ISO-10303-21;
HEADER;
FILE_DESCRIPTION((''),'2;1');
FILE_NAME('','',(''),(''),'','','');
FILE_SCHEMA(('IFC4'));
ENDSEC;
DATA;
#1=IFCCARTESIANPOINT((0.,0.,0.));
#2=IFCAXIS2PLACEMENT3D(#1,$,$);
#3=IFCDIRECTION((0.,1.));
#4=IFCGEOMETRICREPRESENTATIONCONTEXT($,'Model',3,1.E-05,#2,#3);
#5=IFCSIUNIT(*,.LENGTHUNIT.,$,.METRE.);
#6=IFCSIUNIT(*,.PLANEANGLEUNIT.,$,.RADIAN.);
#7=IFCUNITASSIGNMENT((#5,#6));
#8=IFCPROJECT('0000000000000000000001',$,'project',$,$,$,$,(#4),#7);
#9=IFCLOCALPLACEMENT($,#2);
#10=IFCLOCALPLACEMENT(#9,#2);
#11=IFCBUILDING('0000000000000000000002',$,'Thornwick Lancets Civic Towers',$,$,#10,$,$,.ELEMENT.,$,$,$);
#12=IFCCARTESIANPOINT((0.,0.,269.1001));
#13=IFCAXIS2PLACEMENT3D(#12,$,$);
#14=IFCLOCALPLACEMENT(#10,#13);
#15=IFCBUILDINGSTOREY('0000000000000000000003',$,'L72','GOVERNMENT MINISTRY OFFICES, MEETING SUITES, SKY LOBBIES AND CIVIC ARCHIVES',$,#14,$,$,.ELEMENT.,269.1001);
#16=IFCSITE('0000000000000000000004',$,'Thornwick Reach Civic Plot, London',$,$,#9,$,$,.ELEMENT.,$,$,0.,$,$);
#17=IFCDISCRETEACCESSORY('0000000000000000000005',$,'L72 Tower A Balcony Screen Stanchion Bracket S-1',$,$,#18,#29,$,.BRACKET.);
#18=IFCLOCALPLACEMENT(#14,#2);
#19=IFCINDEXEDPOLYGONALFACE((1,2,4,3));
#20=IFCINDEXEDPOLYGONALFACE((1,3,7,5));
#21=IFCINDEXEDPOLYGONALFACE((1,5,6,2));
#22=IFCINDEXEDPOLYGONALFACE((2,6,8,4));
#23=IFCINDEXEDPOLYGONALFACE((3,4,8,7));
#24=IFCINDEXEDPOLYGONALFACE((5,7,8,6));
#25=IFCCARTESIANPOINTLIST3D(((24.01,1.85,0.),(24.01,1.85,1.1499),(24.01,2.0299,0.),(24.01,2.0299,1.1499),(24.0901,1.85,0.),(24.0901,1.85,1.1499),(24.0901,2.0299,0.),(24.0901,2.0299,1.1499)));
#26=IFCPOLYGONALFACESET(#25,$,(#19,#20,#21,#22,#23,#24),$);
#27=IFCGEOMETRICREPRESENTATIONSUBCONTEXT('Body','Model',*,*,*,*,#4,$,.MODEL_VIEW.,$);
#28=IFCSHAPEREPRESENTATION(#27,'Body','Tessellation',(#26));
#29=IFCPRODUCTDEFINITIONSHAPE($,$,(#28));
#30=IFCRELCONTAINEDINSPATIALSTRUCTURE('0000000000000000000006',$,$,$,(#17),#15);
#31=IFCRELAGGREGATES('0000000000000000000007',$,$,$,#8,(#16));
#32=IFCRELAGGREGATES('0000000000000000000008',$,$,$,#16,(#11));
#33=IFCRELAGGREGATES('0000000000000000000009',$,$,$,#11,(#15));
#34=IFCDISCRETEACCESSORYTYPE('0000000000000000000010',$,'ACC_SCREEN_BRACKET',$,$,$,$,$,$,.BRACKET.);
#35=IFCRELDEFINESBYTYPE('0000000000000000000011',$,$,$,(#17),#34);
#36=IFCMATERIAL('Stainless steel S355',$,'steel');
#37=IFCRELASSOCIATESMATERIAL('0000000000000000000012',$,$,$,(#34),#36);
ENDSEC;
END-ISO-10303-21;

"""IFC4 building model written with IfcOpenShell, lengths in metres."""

from ifc_helpers import new_model, si_unit, direction, frame, origin, origin_2d, place, context, subcontext, project, spatial, rectangle, extrude, material, type_object, element, save


model = new_model("IFC4")

# Units and contexts
model_context = context("Model", 3, precision=1e-05, world=origin(), true_north=direction((0.0, 1.0)))
body_context = subcontext(model_context, "Body", "Model", "MODEL_VIEW")
ifc_project = project(units=[si_unit("LENGTHUNIT", "METRE"), si_unit("PLANEANGLEUNIT", "RADIAN")], contexts=[model_context])

# Site, building, storey
site_placement = place(None, origin())
site = spatial("IfcSite", under=ifc_project, at=site_placement, Name="Thornwick Reach Civic Plot, London", CompositionType="ELEMENT", RefElevation=0.0)
building_placement = place(site_placement, origin())
building = spatial("IfcBuilding", under=site, at=building_placement, Name="Thornwick Lancets Civic Towers", CompositionType="ELEMENT")
storey_placement = place(building_placement, frame((0.0, 0.0, 269.1001)))
storey = spatial("IfcBuildingStorey", under=building, at=storey_placement, Name="L72", Description="GOVERNMENT MINISTRY OFFICES, MEETING SUITES, SKY LOBBIES AND CIVIC ARCHIVES", CompositionType="ELEMENT", Elevation=269.1001)

# Discrete accessory
ifc_material_1 = material(Name="Stainless steel S355", Category="steel")
discrete_accessory_type = type_object("IfcDiscreteAccessoryType", Name="ACC_SCREEN_BRACKET", PredefinedType="BRACKET", material=ifc_material_1)
discrete_accessory_placement = place(storey_placement, frame((24.05, 1.9399, 0.0), z_axis=(0.0, 0.0, 1.0), x_axis=(1.0, 0.0, 0.0)))
element("IfcDiscreteAccessory", 1, at=discrete_accessory_placement, inside=storey, type_object=discrete_accessory_type, Name="L72 Tower A Balcony Screen Stanchion Bracket S-1", PredefinedType="BRACKET", context=body_context, shape_type="SweptSolid", body=[
    extrude(rectangle(XDim=0.0801, YDim=0.1799, at=origin_2d()), origin(), (0.0, 0.0, 1.0), 1.1499),
])

save(model, "model.ifc")
